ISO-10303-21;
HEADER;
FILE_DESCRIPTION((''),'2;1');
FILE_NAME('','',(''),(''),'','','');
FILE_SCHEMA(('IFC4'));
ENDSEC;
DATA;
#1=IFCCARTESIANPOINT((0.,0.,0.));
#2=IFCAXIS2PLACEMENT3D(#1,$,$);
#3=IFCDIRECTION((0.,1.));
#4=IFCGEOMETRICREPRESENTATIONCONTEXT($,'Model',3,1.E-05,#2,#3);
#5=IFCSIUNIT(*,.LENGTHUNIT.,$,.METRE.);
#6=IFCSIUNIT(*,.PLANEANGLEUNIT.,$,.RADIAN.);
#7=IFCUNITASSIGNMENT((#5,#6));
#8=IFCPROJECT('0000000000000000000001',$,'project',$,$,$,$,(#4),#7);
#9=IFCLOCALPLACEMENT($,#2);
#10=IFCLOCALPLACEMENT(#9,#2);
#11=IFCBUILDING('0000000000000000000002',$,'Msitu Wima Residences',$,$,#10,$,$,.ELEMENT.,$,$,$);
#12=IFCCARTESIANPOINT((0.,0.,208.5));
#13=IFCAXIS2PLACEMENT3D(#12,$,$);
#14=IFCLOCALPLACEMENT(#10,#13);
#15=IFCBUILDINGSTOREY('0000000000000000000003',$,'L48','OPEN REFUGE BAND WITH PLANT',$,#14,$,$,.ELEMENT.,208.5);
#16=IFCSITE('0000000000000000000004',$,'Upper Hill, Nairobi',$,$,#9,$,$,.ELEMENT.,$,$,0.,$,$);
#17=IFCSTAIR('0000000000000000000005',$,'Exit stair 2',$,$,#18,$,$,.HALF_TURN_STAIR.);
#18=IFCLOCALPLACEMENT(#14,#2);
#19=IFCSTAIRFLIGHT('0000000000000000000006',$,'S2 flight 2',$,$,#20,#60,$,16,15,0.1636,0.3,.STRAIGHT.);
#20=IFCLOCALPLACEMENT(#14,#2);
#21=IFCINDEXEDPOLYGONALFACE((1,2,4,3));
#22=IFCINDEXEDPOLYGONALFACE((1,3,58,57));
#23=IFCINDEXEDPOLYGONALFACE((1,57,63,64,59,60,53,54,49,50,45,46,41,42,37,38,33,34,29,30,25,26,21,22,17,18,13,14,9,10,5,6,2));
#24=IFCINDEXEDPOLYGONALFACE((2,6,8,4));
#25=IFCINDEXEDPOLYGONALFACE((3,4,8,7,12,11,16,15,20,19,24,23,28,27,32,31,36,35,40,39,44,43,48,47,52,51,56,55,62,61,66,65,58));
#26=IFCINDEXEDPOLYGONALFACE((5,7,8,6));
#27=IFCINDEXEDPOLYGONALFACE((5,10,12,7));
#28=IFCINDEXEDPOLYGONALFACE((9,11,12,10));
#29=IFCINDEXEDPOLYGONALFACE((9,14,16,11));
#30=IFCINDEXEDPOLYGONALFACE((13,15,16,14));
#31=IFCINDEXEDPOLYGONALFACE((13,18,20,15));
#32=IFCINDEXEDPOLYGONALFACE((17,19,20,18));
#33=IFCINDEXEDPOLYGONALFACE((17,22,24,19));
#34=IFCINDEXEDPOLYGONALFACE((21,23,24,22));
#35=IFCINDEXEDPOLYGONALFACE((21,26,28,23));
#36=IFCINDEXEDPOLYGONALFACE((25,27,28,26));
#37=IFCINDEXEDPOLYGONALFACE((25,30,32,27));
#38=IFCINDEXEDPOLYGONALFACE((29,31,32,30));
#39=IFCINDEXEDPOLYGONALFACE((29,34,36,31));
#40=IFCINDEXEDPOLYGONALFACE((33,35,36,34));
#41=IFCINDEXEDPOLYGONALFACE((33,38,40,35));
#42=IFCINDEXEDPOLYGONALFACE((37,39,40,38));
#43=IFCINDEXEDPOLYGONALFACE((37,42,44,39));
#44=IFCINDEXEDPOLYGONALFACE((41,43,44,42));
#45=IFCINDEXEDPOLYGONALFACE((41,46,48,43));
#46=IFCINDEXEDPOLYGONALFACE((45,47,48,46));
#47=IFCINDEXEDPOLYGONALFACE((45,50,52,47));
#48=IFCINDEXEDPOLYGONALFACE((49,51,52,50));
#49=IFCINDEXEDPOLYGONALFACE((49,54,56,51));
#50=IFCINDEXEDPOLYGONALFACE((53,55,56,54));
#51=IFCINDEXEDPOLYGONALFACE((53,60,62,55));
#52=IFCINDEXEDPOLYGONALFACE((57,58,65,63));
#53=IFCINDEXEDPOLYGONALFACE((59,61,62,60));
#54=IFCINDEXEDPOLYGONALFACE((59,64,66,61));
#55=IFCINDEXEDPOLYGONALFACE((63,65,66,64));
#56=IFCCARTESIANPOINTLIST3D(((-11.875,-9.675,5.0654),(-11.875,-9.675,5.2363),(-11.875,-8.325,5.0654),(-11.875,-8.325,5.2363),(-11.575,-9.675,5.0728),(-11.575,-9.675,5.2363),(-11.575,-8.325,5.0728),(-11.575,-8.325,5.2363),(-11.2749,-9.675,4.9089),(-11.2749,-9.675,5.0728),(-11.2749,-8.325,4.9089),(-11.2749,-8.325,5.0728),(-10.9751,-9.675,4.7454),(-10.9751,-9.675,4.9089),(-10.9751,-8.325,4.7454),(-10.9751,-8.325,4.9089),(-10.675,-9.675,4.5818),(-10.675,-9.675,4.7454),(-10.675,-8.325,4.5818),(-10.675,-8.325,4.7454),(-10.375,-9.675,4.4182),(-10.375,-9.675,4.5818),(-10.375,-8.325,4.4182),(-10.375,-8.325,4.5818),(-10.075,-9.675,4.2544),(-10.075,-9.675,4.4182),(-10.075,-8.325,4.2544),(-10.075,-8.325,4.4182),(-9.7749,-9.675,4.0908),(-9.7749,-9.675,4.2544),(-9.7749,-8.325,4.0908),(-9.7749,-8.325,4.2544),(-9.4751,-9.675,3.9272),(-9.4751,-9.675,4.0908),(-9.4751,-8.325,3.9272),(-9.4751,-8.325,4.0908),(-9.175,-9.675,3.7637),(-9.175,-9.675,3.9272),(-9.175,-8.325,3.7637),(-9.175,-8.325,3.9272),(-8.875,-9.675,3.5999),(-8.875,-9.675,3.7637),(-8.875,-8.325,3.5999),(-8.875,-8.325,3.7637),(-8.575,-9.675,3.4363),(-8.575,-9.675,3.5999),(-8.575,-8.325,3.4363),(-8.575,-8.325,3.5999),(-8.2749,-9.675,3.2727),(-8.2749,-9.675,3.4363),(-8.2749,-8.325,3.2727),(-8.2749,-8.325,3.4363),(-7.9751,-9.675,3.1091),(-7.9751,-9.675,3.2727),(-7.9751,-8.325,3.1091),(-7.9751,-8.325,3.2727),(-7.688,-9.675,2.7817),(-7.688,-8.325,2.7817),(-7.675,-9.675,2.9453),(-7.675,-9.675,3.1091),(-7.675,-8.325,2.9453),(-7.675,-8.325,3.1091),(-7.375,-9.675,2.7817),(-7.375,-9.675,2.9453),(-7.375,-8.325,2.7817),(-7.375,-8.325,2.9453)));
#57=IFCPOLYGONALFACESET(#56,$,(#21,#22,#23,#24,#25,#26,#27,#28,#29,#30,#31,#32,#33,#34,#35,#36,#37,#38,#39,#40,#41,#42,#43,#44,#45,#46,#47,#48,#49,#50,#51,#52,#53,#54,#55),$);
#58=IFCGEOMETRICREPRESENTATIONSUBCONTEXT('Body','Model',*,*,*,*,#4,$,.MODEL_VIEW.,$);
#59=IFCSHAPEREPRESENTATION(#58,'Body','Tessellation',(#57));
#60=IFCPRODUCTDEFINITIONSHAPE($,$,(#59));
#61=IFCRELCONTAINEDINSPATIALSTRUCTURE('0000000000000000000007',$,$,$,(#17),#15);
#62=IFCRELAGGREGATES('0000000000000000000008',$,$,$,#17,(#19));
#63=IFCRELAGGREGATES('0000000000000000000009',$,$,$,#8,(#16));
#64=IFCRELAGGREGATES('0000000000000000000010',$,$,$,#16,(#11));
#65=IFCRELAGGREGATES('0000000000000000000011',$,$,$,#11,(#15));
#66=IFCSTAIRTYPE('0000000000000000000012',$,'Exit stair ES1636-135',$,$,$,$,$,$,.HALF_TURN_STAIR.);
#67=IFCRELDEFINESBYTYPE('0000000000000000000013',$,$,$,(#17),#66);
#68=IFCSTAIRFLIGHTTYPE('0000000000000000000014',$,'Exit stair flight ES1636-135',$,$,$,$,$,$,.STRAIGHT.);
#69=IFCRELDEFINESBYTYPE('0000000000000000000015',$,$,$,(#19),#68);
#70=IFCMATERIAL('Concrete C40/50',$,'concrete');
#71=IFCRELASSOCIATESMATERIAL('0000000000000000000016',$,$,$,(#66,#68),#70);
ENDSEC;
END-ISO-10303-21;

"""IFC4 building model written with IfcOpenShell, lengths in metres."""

from ifc_helpers import new_model, si_unit, direction, frame, origin, place, context, subcontext, project, spatial, polyline, outline, extrude, material, type_object, element, aggregate, save


model = new_model("IFC4")

# Units and contexts
model_context = context("Model", 3, precision=1e-05, world=origin(), true_north=direction((0.0, 1.0)))
body_context = subcontext(model_context, "Body", "Model", "MODEL_VIEW")
ifc_project = project(units=[si_unit("LENGTHUNIT", "METRE"), si_unit("PLANEANGLEUNIT", "RADIAN")], contexts=[model_context])

# Site, building, storey
site_placement = place(None, origin())
site = spatial("IfcSite", under=ifc_project, at=site_placement, Name="Upper Hill, Nairobi", CompositionType="ELEMENT", RefElevation=0.0)
building_placement = place(site_placement, origin())
building = spatial("IfcBuilding", under=site, at=building_placement, Name="Msitu Wima Residences", CompositionType="ELEMENT")
storey_placement = place(building_placement, frame((0.0, 0.0, 208.5)))
storey = spatial("IfcBuildingStorey", under=building, at=storey_placement, Name="L48", Description="OPEN REFUGE BAND WITH PLANT", CompositionType="ELEMENT", Elevation=208.5)

# Stair, stair flight
ifc_material_1 = material(Name="Concrete C40/50", Category="concrete")
stair_type = type_object("IfcStairType", Name="Exit stair ES1636-135", PredefinedType="HALF_TURN_STAIR", material=ifc_material_1)
stair_placement = place(storey_placement, origin())
stair = element("IfcStair", 1, at=stair_placement, inside=storey, type_object=stair_type, Name="Exit stair 2", PredefinedType="HALF_TURN_STAIR")
stair_flight_type = type_object("IfcStairFlightType", Name="Exit stair flight ES1636-135", PredefinedType="STRAIGHT", material=ifc_material_1)
stair_flight_placement = place(storey_placement, frame((-7.375, -9.0, 2.7817), z_axis=(0.0, 0.0, 1.0), x_axis=(-1.0, 0.0, 0.0)))
stair_flight = element("IfcStairFlight", 2, at=stair_flight_placement, type_object=stair_flight_type, Name="S2 flight 2", NumberOfRisers=16, NumberOfTreads=15, PredefinedType="STRAIGHT", RiserHeight=0.1636, TreadLength=0.3, context=body_context, shape_type="SweptSolid", body=[
    extrude(outline(polyline([(0.0, 0.0), (0.0, 0.1636), (0.3, 0.1636), (0.3, 0.3274), (0.6001, 0.3274), (0.6001, 0.491), (0.8999, 0.491), (0.8999, 0.6545), (1.2, 0.6545), (1.2, 0.8181), (1.5, 0.8181), (1.5, 0.9819), (1.8, 0.9819), (1.8, 1.1455), (2.1001, 1.1455), (2.1001, 1.3091), (2.3999, 1.3091), (2.3999, 1.4727), (2.7, 1.4727), (2.7, 1.6365), (3.0, 1.6365), (3.0, 1.8), (3.3, 1.8), (3.3, 1.9636), (3.6001, 1.9636), (3.6001, 2.1272), (3.8999, 2.1272), (3.8999, 2.291), (4.2, 2.291), (4.2, 2.4546), (4.5, 2.4546), (4.5, 2.6182), (4.5, 2.2837), (0.313, 0.0), (0.0, 0.0)])), frame((0.0, 0.675, 0.0), z_axis=(0.0, -1.0, 0.0), x_axis=(1.0, 0.0, 0.0)), (0.0, 0.0, 1.0), 1.3501),
])
aggregate(stair, [stair_flight])

save(model, "model.ifc")
